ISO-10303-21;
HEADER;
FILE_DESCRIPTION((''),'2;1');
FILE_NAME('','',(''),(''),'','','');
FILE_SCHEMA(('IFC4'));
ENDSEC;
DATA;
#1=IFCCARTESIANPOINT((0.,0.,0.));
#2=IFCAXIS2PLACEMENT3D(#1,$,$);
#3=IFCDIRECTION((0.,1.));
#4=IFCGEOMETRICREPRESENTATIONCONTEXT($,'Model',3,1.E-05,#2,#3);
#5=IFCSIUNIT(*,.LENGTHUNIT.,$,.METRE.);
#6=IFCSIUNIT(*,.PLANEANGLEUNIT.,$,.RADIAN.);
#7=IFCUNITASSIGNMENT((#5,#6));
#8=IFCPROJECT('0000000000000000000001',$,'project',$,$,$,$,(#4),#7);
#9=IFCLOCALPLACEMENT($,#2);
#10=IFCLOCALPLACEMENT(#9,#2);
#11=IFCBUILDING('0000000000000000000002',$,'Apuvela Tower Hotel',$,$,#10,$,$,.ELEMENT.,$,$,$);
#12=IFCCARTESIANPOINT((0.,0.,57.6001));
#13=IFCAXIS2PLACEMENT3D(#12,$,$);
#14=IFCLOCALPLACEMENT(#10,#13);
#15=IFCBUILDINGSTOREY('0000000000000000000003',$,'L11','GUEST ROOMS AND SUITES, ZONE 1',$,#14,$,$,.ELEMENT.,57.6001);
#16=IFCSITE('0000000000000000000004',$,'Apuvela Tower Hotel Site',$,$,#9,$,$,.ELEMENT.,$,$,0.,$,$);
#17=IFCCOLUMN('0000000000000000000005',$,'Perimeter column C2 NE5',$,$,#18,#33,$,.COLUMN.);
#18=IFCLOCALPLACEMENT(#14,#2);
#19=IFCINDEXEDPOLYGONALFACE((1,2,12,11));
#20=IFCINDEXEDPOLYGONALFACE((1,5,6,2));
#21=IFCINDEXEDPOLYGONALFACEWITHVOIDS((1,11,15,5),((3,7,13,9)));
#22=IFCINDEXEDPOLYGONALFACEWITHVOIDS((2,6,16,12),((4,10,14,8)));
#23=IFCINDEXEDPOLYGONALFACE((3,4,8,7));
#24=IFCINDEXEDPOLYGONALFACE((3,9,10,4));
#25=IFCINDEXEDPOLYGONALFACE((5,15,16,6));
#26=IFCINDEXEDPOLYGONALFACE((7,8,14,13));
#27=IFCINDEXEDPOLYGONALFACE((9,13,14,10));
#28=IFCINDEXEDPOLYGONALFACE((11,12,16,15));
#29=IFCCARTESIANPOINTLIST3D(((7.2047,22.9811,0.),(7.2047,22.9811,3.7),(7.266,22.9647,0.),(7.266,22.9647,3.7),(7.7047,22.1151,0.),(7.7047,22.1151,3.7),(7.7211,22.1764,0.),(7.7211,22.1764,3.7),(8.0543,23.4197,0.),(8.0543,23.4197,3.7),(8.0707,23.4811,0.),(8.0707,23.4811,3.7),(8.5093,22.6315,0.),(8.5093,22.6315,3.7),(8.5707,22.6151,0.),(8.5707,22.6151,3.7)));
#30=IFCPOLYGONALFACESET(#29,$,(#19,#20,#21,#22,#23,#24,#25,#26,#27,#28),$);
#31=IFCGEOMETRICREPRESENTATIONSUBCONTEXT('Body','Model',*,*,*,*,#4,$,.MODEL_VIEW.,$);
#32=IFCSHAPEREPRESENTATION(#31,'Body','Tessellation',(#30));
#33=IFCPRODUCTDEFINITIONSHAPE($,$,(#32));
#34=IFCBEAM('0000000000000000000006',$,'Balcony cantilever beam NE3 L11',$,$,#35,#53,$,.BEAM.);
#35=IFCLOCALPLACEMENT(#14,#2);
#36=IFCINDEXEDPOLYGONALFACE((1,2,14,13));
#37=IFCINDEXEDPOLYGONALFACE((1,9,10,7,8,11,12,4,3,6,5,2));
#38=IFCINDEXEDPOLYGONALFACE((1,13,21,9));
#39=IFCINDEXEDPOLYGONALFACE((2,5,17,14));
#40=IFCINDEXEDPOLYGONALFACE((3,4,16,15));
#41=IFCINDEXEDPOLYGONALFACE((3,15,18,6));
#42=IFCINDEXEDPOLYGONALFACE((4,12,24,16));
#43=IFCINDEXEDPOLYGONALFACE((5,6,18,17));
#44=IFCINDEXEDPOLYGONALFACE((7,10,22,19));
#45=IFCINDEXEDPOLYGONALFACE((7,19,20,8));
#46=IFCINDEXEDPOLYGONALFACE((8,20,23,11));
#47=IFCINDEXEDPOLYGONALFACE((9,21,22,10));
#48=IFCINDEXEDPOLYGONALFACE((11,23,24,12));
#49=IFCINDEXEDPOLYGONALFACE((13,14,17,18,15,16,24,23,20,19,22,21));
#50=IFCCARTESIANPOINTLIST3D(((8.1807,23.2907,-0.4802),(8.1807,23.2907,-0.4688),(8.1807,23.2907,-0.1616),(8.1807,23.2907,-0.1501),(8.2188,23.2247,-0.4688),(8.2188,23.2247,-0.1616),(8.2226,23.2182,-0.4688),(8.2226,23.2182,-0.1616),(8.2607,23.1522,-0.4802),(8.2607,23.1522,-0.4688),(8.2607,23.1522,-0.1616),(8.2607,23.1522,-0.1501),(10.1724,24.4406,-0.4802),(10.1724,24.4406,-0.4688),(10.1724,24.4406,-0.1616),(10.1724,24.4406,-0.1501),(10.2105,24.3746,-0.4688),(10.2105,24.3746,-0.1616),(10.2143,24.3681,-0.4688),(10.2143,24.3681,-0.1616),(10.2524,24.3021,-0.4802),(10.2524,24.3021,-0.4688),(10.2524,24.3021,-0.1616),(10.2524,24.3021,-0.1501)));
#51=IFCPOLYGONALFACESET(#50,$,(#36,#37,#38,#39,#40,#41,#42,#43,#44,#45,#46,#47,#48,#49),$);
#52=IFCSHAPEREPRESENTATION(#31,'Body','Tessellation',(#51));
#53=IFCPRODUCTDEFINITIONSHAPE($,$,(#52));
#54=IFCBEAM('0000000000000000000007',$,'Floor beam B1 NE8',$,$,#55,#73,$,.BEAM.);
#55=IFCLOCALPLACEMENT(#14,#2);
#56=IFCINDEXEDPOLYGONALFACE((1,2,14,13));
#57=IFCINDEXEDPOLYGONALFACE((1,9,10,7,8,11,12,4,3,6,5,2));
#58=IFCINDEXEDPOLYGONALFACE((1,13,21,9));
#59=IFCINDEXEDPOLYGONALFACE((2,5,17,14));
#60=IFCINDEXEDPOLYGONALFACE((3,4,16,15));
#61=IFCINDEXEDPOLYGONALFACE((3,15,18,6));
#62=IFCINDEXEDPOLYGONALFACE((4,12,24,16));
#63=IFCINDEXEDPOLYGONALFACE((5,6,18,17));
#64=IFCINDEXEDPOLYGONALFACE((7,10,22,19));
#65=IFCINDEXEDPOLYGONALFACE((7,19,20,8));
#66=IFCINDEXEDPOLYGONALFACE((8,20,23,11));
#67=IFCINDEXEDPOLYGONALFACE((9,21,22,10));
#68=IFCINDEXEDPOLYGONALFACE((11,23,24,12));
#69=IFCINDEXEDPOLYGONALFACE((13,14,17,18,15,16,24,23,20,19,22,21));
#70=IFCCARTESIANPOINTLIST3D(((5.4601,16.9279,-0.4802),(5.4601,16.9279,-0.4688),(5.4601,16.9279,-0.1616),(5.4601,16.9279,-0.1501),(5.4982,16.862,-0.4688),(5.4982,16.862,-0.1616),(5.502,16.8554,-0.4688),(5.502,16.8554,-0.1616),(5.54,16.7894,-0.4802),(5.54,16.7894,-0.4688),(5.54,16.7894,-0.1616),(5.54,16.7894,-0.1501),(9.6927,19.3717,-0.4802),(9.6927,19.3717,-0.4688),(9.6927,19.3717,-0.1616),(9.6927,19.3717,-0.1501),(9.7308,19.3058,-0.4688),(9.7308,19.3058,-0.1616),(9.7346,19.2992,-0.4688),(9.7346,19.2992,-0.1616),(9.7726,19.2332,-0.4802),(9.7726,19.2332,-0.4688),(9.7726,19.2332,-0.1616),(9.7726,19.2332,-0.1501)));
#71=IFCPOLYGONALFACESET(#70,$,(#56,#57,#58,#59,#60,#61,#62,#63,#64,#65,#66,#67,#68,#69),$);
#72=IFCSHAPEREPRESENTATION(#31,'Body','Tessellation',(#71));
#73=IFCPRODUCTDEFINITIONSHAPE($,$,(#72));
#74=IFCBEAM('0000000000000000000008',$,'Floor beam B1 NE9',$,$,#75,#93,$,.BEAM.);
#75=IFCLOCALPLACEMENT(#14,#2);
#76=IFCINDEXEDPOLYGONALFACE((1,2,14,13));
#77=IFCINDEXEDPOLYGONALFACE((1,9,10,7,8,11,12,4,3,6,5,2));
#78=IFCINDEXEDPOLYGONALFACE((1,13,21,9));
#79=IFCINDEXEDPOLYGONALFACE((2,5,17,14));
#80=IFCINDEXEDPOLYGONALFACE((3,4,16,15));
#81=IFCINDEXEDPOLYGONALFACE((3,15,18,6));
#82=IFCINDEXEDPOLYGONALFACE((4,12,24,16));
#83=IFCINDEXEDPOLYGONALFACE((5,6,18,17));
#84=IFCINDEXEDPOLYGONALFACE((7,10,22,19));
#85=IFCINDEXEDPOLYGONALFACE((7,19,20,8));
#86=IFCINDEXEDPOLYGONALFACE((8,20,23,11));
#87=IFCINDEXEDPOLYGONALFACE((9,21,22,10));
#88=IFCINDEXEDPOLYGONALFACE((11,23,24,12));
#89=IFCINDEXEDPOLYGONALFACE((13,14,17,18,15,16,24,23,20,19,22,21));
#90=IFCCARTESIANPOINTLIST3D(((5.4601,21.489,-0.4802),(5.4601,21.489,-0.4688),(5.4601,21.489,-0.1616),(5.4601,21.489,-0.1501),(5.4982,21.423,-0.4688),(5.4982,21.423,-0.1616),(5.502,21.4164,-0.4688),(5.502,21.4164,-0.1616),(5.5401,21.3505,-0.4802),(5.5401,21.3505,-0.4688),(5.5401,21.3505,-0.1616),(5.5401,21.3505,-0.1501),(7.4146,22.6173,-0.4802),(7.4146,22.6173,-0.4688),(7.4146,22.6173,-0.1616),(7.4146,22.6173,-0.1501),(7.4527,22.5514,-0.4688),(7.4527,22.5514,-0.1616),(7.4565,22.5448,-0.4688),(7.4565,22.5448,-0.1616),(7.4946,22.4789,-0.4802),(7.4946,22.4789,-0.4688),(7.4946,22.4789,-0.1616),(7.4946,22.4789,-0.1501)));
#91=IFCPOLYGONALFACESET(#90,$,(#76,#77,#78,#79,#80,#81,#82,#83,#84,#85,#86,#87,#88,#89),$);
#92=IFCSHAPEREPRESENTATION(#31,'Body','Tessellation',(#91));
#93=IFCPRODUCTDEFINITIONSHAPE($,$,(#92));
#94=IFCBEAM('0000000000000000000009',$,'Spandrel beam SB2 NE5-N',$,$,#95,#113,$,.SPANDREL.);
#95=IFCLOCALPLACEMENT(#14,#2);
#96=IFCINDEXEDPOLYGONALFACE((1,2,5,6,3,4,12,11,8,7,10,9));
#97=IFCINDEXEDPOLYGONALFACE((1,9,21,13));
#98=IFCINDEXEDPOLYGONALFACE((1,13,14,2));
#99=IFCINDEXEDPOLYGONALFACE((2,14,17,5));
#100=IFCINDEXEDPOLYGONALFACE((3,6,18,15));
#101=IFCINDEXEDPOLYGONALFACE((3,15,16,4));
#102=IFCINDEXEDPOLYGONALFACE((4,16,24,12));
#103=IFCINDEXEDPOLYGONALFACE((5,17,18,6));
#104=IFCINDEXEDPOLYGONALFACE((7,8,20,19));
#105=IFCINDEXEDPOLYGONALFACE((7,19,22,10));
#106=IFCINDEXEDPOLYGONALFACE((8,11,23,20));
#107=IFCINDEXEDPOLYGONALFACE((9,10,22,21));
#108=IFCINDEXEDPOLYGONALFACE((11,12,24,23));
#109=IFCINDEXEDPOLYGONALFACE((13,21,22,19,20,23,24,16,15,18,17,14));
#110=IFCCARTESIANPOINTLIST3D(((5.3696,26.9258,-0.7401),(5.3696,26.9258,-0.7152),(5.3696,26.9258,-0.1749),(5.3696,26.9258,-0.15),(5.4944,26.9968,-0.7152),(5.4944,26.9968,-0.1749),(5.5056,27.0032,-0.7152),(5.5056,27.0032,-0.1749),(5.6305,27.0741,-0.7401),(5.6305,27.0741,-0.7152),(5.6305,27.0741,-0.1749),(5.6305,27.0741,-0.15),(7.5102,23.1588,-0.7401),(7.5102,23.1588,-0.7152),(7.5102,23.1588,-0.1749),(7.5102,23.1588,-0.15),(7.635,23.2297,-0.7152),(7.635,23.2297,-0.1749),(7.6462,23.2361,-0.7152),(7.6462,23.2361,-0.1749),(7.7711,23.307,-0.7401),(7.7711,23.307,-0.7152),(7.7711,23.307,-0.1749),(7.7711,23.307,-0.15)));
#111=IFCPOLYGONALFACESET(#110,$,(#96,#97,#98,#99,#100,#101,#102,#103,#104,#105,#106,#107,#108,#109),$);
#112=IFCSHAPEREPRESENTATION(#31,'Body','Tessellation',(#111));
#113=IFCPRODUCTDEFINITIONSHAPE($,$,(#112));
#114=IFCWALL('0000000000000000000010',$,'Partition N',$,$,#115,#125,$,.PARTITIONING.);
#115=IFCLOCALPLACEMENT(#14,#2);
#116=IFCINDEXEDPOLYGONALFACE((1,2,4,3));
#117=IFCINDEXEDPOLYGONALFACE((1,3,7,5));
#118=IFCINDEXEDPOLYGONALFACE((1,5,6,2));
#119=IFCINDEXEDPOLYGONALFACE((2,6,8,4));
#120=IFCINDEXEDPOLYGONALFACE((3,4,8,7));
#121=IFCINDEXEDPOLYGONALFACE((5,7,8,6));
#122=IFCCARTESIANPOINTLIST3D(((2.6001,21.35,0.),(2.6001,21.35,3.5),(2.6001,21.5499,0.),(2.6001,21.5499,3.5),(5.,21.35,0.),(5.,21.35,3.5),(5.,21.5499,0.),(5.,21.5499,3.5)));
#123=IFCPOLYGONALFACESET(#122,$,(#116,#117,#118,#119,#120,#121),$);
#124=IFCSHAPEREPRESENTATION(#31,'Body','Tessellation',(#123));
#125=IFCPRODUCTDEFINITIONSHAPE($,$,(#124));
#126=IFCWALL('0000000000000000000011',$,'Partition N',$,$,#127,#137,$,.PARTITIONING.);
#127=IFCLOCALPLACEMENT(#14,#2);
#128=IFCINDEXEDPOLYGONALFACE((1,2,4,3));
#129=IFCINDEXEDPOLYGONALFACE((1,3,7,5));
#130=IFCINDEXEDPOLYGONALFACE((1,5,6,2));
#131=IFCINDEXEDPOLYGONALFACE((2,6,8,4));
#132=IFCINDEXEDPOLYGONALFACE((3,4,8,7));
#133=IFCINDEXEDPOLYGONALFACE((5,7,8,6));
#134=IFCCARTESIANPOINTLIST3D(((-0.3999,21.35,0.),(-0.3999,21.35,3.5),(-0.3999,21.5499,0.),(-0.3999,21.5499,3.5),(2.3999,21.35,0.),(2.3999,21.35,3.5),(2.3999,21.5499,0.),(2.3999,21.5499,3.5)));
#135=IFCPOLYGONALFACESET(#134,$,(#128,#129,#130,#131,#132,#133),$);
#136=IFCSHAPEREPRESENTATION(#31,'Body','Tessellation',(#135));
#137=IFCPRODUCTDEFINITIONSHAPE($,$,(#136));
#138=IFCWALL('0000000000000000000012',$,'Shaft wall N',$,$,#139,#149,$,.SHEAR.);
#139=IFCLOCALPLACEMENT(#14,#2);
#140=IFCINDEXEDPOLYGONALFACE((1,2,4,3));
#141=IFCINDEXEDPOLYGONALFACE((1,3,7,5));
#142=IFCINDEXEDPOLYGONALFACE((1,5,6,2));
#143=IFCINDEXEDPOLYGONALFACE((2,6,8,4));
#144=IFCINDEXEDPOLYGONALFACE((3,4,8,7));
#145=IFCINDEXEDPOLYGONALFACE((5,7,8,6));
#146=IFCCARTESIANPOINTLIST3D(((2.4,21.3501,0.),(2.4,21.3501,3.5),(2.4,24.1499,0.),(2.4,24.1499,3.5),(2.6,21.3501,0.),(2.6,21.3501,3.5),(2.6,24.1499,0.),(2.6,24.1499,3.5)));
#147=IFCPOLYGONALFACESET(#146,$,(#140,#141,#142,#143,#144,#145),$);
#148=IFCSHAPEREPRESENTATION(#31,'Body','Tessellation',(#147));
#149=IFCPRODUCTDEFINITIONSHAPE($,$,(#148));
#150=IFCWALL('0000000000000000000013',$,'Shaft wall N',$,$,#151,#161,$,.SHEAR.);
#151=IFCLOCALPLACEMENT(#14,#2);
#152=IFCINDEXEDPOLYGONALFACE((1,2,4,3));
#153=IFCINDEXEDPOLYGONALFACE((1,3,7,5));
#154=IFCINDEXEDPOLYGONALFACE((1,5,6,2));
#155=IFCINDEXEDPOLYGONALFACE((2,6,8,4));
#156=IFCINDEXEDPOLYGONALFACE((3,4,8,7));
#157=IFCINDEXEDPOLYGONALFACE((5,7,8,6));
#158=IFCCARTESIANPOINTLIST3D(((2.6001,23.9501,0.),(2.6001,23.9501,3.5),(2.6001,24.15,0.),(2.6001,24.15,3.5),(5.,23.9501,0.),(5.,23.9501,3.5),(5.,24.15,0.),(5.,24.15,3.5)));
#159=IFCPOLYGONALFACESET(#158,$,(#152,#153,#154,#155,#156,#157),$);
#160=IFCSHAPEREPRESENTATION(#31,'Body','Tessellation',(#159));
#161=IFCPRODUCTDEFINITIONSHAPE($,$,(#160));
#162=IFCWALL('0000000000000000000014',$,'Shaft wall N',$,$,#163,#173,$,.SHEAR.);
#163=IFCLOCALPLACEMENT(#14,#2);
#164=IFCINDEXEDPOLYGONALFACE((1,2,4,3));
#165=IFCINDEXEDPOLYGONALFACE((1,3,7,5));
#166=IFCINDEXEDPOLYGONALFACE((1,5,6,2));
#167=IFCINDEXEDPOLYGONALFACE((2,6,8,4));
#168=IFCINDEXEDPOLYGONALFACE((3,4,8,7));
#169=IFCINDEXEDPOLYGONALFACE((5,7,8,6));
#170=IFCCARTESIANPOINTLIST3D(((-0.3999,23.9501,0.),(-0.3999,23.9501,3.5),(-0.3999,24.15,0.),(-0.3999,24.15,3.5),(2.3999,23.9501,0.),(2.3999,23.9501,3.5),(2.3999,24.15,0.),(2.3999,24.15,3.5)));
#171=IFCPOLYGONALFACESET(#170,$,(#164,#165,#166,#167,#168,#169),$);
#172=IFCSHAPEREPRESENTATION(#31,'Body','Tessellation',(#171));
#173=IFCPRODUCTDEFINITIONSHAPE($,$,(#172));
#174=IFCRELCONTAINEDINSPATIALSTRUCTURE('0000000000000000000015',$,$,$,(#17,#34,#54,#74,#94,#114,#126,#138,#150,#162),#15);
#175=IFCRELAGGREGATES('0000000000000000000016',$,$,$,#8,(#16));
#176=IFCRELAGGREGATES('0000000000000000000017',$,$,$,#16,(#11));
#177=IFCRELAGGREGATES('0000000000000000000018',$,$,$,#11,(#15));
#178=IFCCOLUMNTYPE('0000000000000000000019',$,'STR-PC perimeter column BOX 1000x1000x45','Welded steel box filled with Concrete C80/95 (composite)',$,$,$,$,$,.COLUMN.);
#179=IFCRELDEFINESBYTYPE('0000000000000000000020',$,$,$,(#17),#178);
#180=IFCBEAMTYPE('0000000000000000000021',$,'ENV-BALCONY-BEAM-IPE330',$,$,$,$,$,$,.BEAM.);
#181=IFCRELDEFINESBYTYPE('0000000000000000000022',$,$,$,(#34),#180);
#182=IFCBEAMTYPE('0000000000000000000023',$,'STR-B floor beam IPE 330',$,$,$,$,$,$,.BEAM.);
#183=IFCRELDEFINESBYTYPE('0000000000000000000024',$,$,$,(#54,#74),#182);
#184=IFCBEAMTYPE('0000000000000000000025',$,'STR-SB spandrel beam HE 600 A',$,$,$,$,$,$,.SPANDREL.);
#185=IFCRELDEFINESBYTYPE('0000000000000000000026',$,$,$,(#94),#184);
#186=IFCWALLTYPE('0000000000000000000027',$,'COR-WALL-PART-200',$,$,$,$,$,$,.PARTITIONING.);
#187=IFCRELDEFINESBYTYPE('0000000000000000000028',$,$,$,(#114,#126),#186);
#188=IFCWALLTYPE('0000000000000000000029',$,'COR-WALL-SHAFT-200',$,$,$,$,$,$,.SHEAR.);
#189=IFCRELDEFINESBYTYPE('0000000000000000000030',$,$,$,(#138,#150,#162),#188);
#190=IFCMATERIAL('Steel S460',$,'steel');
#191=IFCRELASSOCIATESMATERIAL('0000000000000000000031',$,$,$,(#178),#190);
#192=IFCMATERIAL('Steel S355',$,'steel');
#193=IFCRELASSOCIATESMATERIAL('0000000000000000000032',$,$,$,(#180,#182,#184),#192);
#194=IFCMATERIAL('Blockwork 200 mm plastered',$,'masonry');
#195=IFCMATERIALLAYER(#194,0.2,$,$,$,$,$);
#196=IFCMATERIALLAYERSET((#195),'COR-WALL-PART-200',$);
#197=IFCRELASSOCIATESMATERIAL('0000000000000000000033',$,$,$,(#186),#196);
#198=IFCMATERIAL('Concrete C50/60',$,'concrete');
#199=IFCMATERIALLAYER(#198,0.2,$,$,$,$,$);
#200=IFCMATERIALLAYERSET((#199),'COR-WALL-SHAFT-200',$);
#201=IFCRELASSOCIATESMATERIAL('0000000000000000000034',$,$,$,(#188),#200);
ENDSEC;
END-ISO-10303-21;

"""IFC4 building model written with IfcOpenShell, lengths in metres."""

from ifc_helpers import new_model, si_unit, direction, frame, frame_2d, origin, origin_2d, place, context, subcontext, project, spatial, rectangle, hollow_rectangle, i_section, extrude, material, layer, layer_set, material_profile, profile_set, type_object, element, save


model = new_model("IFC4")

# Units and contexts
model_context = context("Model", 3, precision=1e-05, world=origin(), true_north=direction((0.0, 1.0)))
body_context = subcontext(model_context, "Body", "Model", "MODEL_VIEW")
ifc_project = project(units=[si_unit("LENGTHUNIT", "METRE"), si_unit("PLANEANGLEUNIT", "RADIAN")], contexts=[model_context])

# Site, building, storey
site_placement = place(None, origin())
site = spatial("IfcSite", under=ifc_project, at=site_placement, Name="Apuvela Tower Hotel Site", CompositionType="ELEMENT", RefElevation=0.0)
building_placement = place(site_placement, origin())
building = spatial("IfcBuilding", under=site, at=building_placement, Name="Apuvela Tower Hotel", CompositionType="ELEMENT")
storey_placement = place(building_placement, frame((0.0, 0.0, 57.6001)))
storey = spatial("IfcBuildingStorey", under=building, at=storey_placement, Name="L11", Description="GUEST ROOMS AND SUITES, ZONE 1", CompositionType="ELEMENT", Elevation=57.6001)

# Column
ifc_material_1 = material(Name="Steel S460", Category="steel")
ifc_material_profile_1 = material_profile(ifc_material_1, hollow_rectangle(XDim=1.0, YDim=1.0, WallThickness=0.0449, at=origin_2d()), Name="BOX 1000x1000x45")
ifc_material_2 = material(Name="Concrete C80/95", Category="concrete")
ifc_material_profile_2 = material_profile(ifc_material_2, rectangle(XDim=0.9099, YDim=0.9099, at=origin_2d()), Name="Concrete C80/95 infill")
ifc_profile_set_1 = profile_set([ifc_material_profile_1, ifc_material_profile_2], Name="Steel S460")
column_type = type_object("IfcColumnType", Name="STR-PC perimeter column BOX 1000x1000x45", Description="Welded steel box filled with Concrete C80/95 (composite)", PredefinedType="COLUMN", material=ifc_profile_set_1)
column_placement = place(storey_placement, frame((7.8877, 22.7981, 0.0), z_axis=(0.0, 0.0, 1.0), x_axis=(-0.5, 0.866025, 0.0)))
element("IfcColumn", 1, at=column_placement, inside=storey, type_object=column_type, Name="Perimeter column C2 NE5", PredefinedType="COLUMN", context=body_context, shape_type="SweptSolid", body=[
    extrude(hollow_rectangle(XDim=1.0, YDim=1.0, WallThickness=0.0449, at=origin_2d()), origin(), (0.0, 0.0, 1.0), 3.7),
])

# Beams
ifc_material_3 = material(Name="Steel S355", Category="steel")
ifc_material_profile_3 = material_profile(ifc_material_3, i_section(OverallWidth=0.1599, OverallDepth=0.3301, WebThickness=0.0076, FlangeThickness=0.0115, at=origin_2d()), Name="IPE 330")
ifc_profile_set_2 = profile_set([ifc_material_profile_3], Name="Steel S355")
beam_type_1 = type_object("IfcBeamType", Name="ENV-BALCONY-BEAM-IPE330", PredefinedType="BEAM", material=ifc_profile_set_2)
beam_1_placement = place(storey_placement, frame((8.2207, 23.2214, -0.3152), z_axis=(0.866026, 0.499998, 0.0), x_axis=(-0.499998, 0.866026, 0.0)))
element("IfcBeam", 2, at=beam_1_placement, inside=storey, type_object=beam_type_1, Name="Balcony cantilever beam NE3 L11", PredefinedType="BEAM", context=body_context, shape_type="SweptSolid", body=[
    extrude(i_section(OverallWidth=0.1599, OverallDepth=0.3301, WebThickness=0.0076, FlangeThickness=0.0115, at=origin_2d()), origin(), (0.0, 0.0, 1.0), 2.2998),
])
ifc_material_profile_4 = material_profile(ifc_material_3, i_section(OverallWidth=0.1599, OverallDepth=0.3301, WebThickness=0.0076, FlangeThickness=0.0115, at=origin_2d()), Name="IPE 330")
ifc_profile_set_3 = profile_set([ifc_material_profile_4], Name="Steel S355")
beam_type_2 = type_object("IfcBeamType", Name="STR-B floor beam IPE 330", PredefinedType="BEAM", material=ifc_profile_set_3)
beam_2_placement = place(storey_placement, frame((9.7327, 19.3025, -0.3152), z_axis=(-0.866015, -0.500018, 0.0), x_axis=(0.500018, -0.866015, 0.0)))
element("IfcBeam", 3, at=beam_2_placement, inside=storey, type_object=beam_type_2, Name="Floor beam B1 NE8", PredefinedType="BEAM", context=body_context, shape_type="SweptSolid", body=[
    extrude(i_section(OverallWidth=0.1599, OverallDepth=0.3301, WebThickness=0.0076, FlangeThickness=0.0115, at=origin_2d()), origin(), (0.0, 0.0, 1.0), 4.8875),
])
beam_3_placement = place(storey_placement, frame((7.4546, 22.5481, -0.3152), z_axis=(-0.866038, -0.499978, 0.0), x_axis=(0.499978, -0.866038, 0.0)))
element("IfcBeam", 4, at=beam_3_placement, inside=storey, type_object=beam_type_2, Name="Floor beam B1 NE9", PredefinedType="BEAM", context=body_context, shape_type="SweptSolid", body=[
    extrude(i_section(OverallWidth=0.1599, OverallDepth=0.3301, WebThickness=0.0076, FlangeThickness=0.0115, at=origin_2d()), origin(), (0.0, 0.0, 1.0), 2.2568),
])
ifc_material_profile_5 = material_profile(ifc_material_3, i_section(OverallWidth=0.3, OverallDepth=0.5901, WebThickness=0.0129, FlangeThickness=0.0249, at=origin_2d()), Name="HE 600 A")
ifc_profile_set_4 = profile_set([ifc_material_profile_5], Name="Steel S355")
beam_type_3 = type_object("IfcBeamType", Name="STR-SB spandrel beam HE 600 A", PredefinedType="SPANDREL", material=ifc_profile_set_4)
beam_4_placement = place(storey_placement, frame((7.6406, 23.2329, -0.4451), z_axis=(-0.49405, 0.869433, 0.0), x_axis=(-0.869433, -0.49405, 0.0)))
element("IfcBeam", 5, at=beam_4_placement, inside=storey, type_object=beam_type_3, Name="Spandrel beam SB2 NE5-N", PredefinedType="SPANDREL", context=body_context, shape_type="SweptSolid", body=[
    extrude(i_section(OverallWidth=0.3, OverallDepth=0.5901, WebThickness=0.0129, FlangeThickness=0.0249, at=origin_2d()), origin(), (0.0, 0.0, 1.0), 4.3328),
])

# Walls
ifc_material_4 = material(Name="Blockwork 200 mm plastered", Category="masonry")
ifc_layer_1 = layer(ifc_material_4, 0.2)
ifc_layer_set_1 = layer_set([ifc_layer_1], Name="COR-WALL-PART-200")
wall_type_1 = type_object("IfcWallType", Name="COR-WALL-PART-200", PredefinedType="PARTITIONING", material=ifc_layer_set_1)
wall_1_placement = place(storey_placement, frame((5.0, 21.45, 0.0), z_axis=(0.0, 0.0, 1.0), x_axis=(-1.0, 0.0, 0.0)))
element("IfcWall", 6, at=wall_1_placement, inside=storey, type_object=wall_type_1, Name="Partition N", PredefinedType="PARTITIONING", context=body_context, shape_type="SweptSolid", body=[
    extrude(rectangle(XDim=2.3999, YDim=0.2, at=frame_2d((1.2, 0.0))), origin(), (0.0, 0.0, 1.0), 3.5),
])
wall_2_placement = place(storey_placement, frame((2.3999, 21.45, 0.0), z_axis=(0.0, 0.0, 1.0), x_axis=(-1.0, 0.0, 0.0)))
element("IfcWall", 7, at=wall_2_placement, inside=storey, type_object=wall_type_1, Name="Partition N", PredefinedType="PARTITIONING", context=body_context, shape_type="SweptSolid", body=[
    extrude(rectangle(XDim=2.7998, YDim=0.2, at=frame_2d((1.3999, 0.0))), origin(), (0.0, 0.0, 1.0), 3.5),
])
ifc_material_5 = material(Name="Concrete C50/60", Category="concrete")
ifc_layer_2 = layer(ifc_material_5, 0.2)
ifc_layer_set_2 = layer_set([ifc_layer_2], Name="COR-WALL-SHAFT-200")
wall_type_2 = type_object("IfcWallType", Name="COR-WALL-SHAFT-200", PredefinedType="SHEAR", material=ifc_layer_set_2)
wall_3_placement = place(storey_placement, frame((2.5, 21.3501, 0.0), z_axis=(0.0, 0.0, 1.0), x_axis=(0.0, 1.0, 0.0)))
element("IfcWall", 8, at=wall_3_placement, inside=storey, type_object=wall_type_2, Name="Shaft wall N", PredefinedType="SHEAR", context=body_context, shape_type="SweptSolid", body=[
    extrude(rectangle(XDim=2.7998, YDim=0.2, at=frame_2d((1.3999, 0.0))), origin(), (0.0, 0.0, 1.0), 3.5),
])
wall_4_placement = place(storey_placement, frame((5.0, 24.05, 0.0), z_axis=(0.0, 0.0, 1.0), x_axis=(-1.0, 0.0, 0.0)))
element("IfcWall", 9, at=wall_4_placement, inside=storey, type_object=wall_type_2, Name="Shaft wall N", PredefinedType="SHEAR", context=body_context, shape_type="SweptSolid", body=[
    extrude(rectangle(XDim=2.3999, YDim=0.2, at=frame_2d((1.2, 0.0))), origin(), (0.0, 0.0, 1.0), 3.5),
])
wall_5_placement = place(storey_placement, frame((2.3999, 24.05, 0.0), z_axis=(0.0, 0.0, 1.0), x_axis=(-1.0, 0.0, 0.0)))
element("IfcWall", 10, at=wall_5_placement, inside=storey, type_object=wall_type_2, Name="Shaft wall N", PredefinedType="SHEAR", context=body_context, shape_type="SweptSolid", body=[
    extrude(rectangle(XDim=2.7998, YDim=0.2, at=frame_2d((1.3999, 0.0))), origin(), (0.0, 0.0, 1.0), 3.5),
])

save(model, "model.ifc")
